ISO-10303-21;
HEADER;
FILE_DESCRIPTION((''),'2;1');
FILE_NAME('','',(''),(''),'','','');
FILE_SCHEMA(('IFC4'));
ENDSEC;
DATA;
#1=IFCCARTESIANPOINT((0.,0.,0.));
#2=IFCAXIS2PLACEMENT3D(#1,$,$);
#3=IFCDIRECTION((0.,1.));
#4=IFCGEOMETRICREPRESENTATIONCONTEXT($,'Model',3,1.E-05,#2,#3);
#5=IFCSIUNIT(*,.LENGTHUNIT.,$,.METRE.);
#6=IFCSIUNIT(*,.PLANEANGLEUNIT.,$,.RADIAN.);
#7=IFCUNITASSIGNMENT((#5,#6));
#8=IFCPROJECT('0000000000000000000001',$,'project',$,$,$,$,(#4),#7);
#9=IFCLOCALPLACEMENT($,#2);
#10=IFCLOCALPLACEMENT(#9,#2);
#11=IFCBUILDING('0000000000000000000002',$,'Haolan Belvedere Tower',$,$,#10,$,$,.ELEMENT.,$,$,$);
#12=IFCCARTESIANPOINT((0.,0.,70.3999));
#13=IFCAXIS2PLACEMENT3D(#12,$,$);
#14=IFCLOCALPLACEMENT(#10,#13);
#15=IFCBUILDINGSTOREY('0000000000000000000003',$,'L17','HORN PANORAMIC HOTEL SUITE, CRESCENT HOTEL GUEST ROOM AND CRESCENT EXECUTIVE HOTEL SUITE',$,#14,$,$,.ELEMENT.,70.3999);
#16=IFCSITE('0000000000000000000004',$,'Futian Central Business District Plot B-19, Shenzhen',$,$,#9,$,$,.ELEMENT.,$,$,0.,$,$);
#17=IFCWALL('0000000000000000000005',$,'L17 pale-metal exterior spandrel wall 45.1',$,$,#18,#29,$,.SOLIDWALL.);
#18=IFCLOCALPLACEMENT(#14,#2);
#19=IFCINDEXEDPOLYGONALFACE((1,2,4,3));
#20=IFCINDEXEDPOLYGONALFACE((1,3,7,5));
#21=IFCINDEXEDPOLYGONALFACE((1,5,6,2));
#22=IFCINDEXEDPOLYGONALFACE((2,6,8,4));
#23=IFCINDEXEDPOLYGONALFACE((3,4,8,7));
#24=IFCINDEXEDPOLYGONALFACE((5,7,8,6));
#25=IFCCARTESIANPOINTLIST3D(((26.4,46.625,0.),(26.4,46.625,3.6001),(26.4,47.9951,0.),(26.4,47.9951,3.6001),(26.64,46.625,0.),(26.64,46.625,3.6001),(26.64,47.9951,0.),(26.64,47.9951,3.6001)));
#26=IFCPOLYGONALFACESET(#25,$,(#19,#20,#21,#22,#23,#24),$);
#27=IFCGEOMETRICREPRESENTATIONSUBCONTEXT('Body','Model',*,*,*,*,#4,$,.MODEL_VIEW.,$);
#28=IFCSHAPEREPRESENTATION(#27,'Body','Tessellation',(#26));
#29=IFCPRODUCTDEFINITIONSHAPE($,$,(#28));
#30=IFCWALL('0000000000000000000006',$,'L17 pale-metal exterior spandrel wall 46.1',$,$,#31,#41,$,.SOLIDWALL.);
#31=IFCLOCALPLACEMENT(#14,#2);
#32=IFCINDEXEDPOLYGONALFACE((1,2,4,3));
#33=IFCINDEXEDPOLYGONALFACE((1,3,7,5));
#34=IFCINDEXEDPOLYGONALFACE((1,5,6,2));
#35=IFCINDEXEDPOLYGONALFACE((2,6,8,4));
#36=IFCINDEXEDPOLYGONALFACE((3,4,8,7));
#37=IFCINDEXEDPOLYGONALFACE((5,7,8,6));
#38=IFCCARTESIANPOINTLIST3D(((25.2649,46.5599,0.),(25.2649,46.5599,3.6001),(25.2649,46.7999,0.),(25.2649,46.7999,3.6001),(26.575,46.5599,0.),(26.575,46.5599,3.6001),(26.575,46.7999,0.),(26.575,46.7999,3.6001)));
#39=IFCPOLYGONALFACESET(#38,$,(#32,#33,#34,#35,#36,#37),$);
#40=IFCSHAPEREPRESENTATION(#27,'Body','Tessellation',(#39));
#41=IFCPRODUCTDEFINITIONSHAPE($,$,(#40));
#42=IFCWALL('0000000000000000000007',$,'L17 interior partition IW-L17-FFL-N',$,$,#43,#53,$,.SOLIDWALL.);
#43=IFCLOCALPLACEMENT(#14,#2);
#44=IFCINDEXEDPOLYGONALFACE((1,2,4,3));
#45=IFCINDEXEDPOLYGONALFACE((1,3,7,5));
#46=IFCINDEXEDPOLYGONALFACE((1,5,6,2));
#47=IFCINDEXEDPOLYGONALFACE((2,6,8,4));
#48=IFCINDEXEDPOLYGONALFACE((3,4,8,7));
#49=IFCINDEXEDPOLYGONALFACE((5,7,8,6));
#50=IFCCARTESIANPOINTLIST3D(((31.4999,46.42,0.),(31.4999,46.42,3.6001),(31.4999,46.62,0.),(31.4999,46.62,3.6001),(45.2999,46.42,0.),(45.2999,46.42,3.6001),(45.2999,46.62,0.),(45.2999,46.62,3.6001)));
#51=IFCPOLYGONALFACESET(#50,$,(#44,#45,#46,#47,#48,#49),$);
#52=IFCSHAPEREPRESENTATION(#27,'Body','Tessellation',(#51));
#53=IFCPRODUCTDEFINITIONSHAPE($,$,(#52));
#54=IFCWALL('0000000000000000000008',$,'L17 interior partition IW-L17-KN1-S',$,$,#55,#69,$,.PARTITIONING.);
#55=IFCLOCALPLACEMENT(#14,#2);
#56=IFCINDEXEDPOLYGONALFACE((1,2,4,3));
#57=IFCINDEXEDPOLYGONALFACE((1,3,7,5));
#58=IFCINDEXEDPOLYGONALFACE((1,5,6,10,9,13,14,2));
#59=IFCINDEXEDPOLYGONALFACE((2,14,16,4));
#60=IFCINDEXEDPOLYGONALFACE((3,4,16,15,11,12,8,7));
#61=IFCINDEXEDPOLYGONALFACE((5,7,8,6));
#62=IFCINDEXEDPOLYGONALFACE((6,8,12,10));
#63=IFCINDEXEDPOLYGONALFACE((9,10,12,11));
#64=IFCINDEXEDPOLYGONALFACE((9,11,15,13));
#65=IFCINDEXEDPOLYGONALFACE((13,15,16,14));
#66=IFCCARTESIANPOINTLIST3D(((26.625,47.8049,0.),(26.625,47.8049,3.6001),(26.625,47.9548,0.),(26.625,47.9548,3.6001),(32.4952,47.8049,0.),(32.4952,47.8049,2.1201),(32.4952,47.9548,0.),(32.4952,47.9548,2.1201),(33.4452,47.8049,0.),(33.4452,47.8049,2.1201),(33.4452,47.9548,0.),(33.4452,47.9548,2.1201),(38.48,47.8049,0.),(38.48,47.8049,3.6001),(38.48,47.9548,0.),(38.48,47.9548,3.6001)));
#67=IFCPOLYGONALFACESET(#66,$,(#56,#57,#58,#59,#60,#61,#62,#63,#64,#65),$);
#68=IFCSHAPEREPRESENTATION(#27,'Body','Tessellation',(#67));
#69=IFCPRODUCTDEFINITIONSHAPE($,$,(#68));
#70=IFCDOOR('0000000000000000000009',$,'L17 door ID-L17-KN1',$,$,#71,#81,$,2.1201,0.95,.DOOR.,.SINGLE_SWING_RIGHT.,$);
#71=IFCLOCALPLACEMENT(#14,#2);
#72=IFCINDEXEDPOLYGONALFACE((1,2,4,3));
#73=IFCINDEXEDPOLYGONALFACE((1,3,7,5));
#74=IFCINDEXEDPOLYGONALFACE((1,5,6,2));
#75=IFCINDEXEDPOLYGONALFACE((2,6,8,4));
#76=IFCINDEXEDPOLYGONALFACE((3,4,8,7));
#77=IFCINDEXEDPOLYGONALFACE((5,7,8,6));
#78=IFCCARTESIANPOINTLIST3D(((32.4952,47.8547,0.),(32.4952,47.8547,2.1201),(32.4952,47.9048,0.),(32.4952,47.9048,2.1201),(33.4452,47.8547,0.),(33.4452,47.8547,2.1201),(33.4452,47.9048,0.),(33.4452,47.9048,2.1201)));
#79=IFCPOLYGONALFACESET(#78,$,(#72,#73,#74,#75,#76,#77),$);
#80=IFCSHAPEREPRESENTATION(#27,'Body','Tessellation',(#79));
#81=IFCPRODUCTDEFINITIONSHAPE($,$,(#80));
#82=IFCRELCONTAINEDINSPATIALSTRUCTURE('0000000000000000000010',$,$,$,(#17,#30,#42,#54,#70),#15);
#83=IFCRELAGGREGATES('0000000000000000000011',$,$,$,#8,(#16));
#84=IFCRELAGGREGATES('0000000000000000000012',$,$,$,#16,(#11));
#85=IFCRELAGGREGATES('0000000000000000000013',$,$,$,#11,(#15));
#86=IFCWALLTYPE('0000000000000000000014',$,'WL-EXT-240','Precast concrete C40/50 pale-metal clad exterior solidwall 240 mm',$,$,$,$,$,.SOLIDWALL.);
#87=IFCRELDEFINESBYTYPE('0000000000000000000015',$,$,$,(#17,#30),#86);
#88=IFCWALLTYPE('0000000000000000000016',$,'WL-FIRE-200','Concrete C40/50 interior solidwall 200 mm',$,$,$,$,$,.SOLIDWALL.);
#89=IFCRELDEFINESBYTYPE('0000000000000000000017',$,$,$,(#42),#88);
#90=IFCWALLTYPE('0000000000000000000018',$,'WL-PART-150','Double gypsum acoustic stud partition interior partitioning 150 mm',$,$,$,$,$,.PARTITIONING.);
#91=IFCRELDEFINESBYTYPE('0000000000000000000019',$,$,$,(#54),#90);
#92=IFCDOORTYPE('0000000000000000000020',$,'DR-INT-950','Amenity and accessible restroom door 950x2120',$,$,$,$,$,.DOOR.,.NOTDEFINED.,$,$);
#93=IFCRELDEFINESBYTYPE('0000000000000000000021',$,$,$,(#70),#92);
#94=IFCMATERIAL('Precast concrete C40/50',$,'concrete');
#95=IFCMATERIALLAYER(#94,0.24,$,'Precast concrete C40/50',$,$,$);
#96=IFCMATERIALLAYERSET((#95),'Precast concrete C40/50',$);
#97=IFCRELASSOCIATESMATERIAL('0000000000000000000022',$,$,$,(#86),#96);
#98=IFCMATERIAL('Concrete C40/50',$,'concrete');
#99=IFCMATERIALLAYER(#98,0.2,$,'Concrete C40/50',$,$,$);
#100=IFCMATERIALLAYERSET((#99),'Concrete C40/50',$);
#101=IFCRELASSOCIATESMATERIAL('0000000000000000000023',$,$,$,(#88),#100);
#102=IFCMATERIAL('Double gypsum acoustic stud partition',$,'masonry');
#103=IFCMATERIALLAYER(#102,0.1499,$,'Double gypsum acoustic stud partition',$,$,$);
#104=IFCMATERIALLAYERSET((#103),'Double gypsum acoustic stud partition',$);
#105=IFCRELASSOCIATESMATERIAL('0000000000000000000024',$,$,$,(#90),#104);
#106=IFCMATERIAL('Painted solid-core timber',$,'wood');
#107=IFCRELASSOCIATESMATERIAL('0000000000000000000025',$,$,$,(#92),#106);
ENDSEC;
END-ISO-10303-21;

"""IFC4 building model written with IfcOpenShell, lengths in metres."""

from ifc_helpers import new_model, si_unit, direction, frame, frame_2d, origin, place, context, subcontext, project, spatial, rectangle, extrude, material, layer, layer_set, type_object, element, fill, save


model = new_model("IFC4")

# Units and contexts
model_context = context("Model", 3, precision=1e-05, world=origin(), true_north=direction((0.0, 1.0)))
body_context = subcontext(model_context, "Body", "Model", "MODEL_VIEW")
ifc_project = project(units=[si_unit("LENGTHUNIT", "METRE"), si_unit("PLANEANGLEUNIT", "RADIAN")], contexts=[model_context])

# Site, building, storey
site_placement = place(None, origin())
site = spatial("IfcSite", under=ifc_project, at=site_placement, Name="Futian Central Business District Plot B-19, Shenzhen", CompositionType="ELEMENT", RefElevation=0.0)
building_placement = place(site_placement, origin())
building = spatial("IfcBuilding", under=site, at=building_placement, Name="Haolan Belvedere Tower", CompositionType="ELEMENT")
storey_placement = place(building_placement, frame((0.0, 0.0, 70.3999)))
storey = spatial("IfcBuildingStorey", under=building, at=storey_placement, Name="L17", Description="HORN PANORAMIC HOTEL SUITE, CRESCENT HOTEL GUEST ROOM AND CRESCENT EXECUTIVE HOTEL SUITE", CompositionType="ELEMENT", Elevation=70.3999)

# Shared definitions
ifc_material_1 = material(Name="Precast concrete C40/50", Category="concrete")
ifc_layer_1 = layer(ifc_material_1, 0.24, Name="Precast concrete C40/50")
ifc_layer_set_1 = layer_set([ifc_layer_1], Name="Precast concrete C40/50")
wall_type_1 = type_object("IfcWallType", Name="WL-EXT-240", Description="Precast concrete C40/50 pale-metal clad exterior solidwall 240 mm", PredefinedType="SOLIDWALL", material=ifc_layer_set_1)

# Walls
wall_1_placement = place(storey_placement, frame((26.52, 47.9951, 0.0), z_axis=(0.0, 0.0, 1.0), x_axis=(0.0, -1.0, 0.0)))
element("IfcWall", 1, at=wall_1_placement, inside=storey, type_object=wall_type_1, Name="L17 pale-metal exterior spandrel wall 45.1", PredefinedType="SOLIDWALL", context=body_context, shape_type="SweptSolid", body=[
    extrude(rectangle(XDim=1.3701, YDim=0.24, at=frame_2d((0.6851, 0.0))), origin(), (0.0, 0.0, 1.0), 3.6001),
])
wall_2_placement = place(storey_placement, frame((26.575, 46.6799, 0.0), z_axis=(0.0, 0.0, 1.0), x_axis=(-1.0, 0.0, 0.0)))
element("IfcWall", 2, at=wall_2_placement, inside=storey, type_object=wall_type_1, Name="L17 pale-metal exterior spandrel wall 46.1", PredefinedType="SOLIDWALL", context=body_context, shape_type="SweptSolid", body=[
    extrude(rectangle(XDim=1.3101, YDim=0.24, at=frame_2d((0.655, 0.0))), origin(), (0.0, 0.0, 1.0), 3.6001),
])
ifc_material_2 = material(Name="Concrete C40/50", Category="concrete")
ifc_layer_2 = layer(ifc_material_2, 0.2, Name="Concrete C40/50")
ifc_layer_set_2 = layer_set([ifc_layer_2], Name="Concrete C40/50")
wall_type_2 = type_object("IfcWallType", Name="WL-FIRE-200", Description="Concrete C40/50 interior solidwall 200 mm", PredefinedType="SOLIDWALL", material=ifc_layer_set_2)
wall_3_placement = place(storey_placement, frame((31.5, 46.52, 0.0), z_axis=(0.0, 0.0, 1.0), x_axis=(1.0, 0.0, 0.0)))
element("IfcWall", 3, at=wall_3_placement, inside=storey, type_object=wall_type_2, Name="L17 interior partition IW-L17-FFL-N", PredefinedType="SOLIDWALL", context=body_context, shape_type="SweptSolid", body=[
    extrude(rectangle(XDim=13.8, YDim=0.2, at=frame_2d((6.8999, 0.0))), origin(), (0.0, 0.0, 1.0), 3.6001),
])

# Wall, opening, door
ifc_material_3 = material(Name="Double gypsum acoustic stud partition", Category="masonry")
ifc_layer_3 = layer(ifc_material_3, 0.1499, Name="Double gypsum acoustic stud partition")
ifc_layer_set_3 = layer_set([ifc_layer_3], Name="Double gypsum acoustic stud partition")
wall_type_3 = type_object("IfcWallType", Name="WL-PART-150", Description="Double gypsum acoustic stud partition interior partitioning 150 mm", PredefinedType="PARTITIONING", material=ifc_layer_set_3)
wall_4_placement = place(storey_placement, frame((26.625, 47.8799, 0.0), z_axis=(0.0, 0.0, 1.0), x_axis=(1.0, 0.0, 0.0)))
wall_4 = element("IfcWall", 4, at=wall_4_placement, inside=storey, type_object=wall_type_3, Name="L17 interior partition IW-L17-KN1-S", PredefinedType="PARTITIONING", context=body_context, shape_type="SweptSolid", body=[
    extrude(rectangle(XDim=11.855, YDim=0.1499, at=frame_2d((5.9275, 0.0))), origin(), (0.0, 0.0, 1.0), 3.6001),
])
opening_1_placement = place(wall_4_placement, frame((5.8701, 0.0, 0.0)))
opening_1 = element("IfcOpeningElement", 5, at=opening_1_placement, cuts=wall_4, PredefinedType="OPENING", context=body_context, shape_type="SweptSolid", body=[
    extrude(rectangle(XDim=0.95, YDim=2.1201, at=frame_2d((0.4751, 1.0601))), frame((0.0, 0.085, 0.0), z_axis=(0.0, -1.0, 0.0), x_axis=(1.0, 0.0, 0.0)), (0.0, 0.0, 1.0), 0.1699),
])
ifc_material_4 = material(Name="Painted solid-core timber", Category="wood")
door_type_1 = type_object("IfcDoorType", Name="DR-INT-950", Description="Amenity and accessible restroom door 950x2120", OperationType="NOTDEFINED", PredefinedType="DOOR", material=ifc_material_4)
door_1_placement = place(opening_1_placement, origin())
door_1 = element("IfcDoor", 6, at=door_1_placement, inside=storey, type_object=door_type_1, Name="L17 door ID-L17-KN1", OperationType="SINGLE_SWING_RIGHT", OverallHeight=2.1201, OverallWidth=0.95, PredefinedType="DOOR", context=body_context, shape_type="SweptSolid", body=[
    extrude(rectangle(XDim=0.95, YDim=2.1201, at=frame_2d((0.4751, 1.0601))), frame((0.0, 0.0249, 0.0), z_axis=(0.0, -1.0, 0.0), x_axis=(1.0, 0.0, 0.0)), (0.0, 0.0, 1.0), 0.05),
])
fill(opening_1, door_1)

save(model, "model.ifc")
